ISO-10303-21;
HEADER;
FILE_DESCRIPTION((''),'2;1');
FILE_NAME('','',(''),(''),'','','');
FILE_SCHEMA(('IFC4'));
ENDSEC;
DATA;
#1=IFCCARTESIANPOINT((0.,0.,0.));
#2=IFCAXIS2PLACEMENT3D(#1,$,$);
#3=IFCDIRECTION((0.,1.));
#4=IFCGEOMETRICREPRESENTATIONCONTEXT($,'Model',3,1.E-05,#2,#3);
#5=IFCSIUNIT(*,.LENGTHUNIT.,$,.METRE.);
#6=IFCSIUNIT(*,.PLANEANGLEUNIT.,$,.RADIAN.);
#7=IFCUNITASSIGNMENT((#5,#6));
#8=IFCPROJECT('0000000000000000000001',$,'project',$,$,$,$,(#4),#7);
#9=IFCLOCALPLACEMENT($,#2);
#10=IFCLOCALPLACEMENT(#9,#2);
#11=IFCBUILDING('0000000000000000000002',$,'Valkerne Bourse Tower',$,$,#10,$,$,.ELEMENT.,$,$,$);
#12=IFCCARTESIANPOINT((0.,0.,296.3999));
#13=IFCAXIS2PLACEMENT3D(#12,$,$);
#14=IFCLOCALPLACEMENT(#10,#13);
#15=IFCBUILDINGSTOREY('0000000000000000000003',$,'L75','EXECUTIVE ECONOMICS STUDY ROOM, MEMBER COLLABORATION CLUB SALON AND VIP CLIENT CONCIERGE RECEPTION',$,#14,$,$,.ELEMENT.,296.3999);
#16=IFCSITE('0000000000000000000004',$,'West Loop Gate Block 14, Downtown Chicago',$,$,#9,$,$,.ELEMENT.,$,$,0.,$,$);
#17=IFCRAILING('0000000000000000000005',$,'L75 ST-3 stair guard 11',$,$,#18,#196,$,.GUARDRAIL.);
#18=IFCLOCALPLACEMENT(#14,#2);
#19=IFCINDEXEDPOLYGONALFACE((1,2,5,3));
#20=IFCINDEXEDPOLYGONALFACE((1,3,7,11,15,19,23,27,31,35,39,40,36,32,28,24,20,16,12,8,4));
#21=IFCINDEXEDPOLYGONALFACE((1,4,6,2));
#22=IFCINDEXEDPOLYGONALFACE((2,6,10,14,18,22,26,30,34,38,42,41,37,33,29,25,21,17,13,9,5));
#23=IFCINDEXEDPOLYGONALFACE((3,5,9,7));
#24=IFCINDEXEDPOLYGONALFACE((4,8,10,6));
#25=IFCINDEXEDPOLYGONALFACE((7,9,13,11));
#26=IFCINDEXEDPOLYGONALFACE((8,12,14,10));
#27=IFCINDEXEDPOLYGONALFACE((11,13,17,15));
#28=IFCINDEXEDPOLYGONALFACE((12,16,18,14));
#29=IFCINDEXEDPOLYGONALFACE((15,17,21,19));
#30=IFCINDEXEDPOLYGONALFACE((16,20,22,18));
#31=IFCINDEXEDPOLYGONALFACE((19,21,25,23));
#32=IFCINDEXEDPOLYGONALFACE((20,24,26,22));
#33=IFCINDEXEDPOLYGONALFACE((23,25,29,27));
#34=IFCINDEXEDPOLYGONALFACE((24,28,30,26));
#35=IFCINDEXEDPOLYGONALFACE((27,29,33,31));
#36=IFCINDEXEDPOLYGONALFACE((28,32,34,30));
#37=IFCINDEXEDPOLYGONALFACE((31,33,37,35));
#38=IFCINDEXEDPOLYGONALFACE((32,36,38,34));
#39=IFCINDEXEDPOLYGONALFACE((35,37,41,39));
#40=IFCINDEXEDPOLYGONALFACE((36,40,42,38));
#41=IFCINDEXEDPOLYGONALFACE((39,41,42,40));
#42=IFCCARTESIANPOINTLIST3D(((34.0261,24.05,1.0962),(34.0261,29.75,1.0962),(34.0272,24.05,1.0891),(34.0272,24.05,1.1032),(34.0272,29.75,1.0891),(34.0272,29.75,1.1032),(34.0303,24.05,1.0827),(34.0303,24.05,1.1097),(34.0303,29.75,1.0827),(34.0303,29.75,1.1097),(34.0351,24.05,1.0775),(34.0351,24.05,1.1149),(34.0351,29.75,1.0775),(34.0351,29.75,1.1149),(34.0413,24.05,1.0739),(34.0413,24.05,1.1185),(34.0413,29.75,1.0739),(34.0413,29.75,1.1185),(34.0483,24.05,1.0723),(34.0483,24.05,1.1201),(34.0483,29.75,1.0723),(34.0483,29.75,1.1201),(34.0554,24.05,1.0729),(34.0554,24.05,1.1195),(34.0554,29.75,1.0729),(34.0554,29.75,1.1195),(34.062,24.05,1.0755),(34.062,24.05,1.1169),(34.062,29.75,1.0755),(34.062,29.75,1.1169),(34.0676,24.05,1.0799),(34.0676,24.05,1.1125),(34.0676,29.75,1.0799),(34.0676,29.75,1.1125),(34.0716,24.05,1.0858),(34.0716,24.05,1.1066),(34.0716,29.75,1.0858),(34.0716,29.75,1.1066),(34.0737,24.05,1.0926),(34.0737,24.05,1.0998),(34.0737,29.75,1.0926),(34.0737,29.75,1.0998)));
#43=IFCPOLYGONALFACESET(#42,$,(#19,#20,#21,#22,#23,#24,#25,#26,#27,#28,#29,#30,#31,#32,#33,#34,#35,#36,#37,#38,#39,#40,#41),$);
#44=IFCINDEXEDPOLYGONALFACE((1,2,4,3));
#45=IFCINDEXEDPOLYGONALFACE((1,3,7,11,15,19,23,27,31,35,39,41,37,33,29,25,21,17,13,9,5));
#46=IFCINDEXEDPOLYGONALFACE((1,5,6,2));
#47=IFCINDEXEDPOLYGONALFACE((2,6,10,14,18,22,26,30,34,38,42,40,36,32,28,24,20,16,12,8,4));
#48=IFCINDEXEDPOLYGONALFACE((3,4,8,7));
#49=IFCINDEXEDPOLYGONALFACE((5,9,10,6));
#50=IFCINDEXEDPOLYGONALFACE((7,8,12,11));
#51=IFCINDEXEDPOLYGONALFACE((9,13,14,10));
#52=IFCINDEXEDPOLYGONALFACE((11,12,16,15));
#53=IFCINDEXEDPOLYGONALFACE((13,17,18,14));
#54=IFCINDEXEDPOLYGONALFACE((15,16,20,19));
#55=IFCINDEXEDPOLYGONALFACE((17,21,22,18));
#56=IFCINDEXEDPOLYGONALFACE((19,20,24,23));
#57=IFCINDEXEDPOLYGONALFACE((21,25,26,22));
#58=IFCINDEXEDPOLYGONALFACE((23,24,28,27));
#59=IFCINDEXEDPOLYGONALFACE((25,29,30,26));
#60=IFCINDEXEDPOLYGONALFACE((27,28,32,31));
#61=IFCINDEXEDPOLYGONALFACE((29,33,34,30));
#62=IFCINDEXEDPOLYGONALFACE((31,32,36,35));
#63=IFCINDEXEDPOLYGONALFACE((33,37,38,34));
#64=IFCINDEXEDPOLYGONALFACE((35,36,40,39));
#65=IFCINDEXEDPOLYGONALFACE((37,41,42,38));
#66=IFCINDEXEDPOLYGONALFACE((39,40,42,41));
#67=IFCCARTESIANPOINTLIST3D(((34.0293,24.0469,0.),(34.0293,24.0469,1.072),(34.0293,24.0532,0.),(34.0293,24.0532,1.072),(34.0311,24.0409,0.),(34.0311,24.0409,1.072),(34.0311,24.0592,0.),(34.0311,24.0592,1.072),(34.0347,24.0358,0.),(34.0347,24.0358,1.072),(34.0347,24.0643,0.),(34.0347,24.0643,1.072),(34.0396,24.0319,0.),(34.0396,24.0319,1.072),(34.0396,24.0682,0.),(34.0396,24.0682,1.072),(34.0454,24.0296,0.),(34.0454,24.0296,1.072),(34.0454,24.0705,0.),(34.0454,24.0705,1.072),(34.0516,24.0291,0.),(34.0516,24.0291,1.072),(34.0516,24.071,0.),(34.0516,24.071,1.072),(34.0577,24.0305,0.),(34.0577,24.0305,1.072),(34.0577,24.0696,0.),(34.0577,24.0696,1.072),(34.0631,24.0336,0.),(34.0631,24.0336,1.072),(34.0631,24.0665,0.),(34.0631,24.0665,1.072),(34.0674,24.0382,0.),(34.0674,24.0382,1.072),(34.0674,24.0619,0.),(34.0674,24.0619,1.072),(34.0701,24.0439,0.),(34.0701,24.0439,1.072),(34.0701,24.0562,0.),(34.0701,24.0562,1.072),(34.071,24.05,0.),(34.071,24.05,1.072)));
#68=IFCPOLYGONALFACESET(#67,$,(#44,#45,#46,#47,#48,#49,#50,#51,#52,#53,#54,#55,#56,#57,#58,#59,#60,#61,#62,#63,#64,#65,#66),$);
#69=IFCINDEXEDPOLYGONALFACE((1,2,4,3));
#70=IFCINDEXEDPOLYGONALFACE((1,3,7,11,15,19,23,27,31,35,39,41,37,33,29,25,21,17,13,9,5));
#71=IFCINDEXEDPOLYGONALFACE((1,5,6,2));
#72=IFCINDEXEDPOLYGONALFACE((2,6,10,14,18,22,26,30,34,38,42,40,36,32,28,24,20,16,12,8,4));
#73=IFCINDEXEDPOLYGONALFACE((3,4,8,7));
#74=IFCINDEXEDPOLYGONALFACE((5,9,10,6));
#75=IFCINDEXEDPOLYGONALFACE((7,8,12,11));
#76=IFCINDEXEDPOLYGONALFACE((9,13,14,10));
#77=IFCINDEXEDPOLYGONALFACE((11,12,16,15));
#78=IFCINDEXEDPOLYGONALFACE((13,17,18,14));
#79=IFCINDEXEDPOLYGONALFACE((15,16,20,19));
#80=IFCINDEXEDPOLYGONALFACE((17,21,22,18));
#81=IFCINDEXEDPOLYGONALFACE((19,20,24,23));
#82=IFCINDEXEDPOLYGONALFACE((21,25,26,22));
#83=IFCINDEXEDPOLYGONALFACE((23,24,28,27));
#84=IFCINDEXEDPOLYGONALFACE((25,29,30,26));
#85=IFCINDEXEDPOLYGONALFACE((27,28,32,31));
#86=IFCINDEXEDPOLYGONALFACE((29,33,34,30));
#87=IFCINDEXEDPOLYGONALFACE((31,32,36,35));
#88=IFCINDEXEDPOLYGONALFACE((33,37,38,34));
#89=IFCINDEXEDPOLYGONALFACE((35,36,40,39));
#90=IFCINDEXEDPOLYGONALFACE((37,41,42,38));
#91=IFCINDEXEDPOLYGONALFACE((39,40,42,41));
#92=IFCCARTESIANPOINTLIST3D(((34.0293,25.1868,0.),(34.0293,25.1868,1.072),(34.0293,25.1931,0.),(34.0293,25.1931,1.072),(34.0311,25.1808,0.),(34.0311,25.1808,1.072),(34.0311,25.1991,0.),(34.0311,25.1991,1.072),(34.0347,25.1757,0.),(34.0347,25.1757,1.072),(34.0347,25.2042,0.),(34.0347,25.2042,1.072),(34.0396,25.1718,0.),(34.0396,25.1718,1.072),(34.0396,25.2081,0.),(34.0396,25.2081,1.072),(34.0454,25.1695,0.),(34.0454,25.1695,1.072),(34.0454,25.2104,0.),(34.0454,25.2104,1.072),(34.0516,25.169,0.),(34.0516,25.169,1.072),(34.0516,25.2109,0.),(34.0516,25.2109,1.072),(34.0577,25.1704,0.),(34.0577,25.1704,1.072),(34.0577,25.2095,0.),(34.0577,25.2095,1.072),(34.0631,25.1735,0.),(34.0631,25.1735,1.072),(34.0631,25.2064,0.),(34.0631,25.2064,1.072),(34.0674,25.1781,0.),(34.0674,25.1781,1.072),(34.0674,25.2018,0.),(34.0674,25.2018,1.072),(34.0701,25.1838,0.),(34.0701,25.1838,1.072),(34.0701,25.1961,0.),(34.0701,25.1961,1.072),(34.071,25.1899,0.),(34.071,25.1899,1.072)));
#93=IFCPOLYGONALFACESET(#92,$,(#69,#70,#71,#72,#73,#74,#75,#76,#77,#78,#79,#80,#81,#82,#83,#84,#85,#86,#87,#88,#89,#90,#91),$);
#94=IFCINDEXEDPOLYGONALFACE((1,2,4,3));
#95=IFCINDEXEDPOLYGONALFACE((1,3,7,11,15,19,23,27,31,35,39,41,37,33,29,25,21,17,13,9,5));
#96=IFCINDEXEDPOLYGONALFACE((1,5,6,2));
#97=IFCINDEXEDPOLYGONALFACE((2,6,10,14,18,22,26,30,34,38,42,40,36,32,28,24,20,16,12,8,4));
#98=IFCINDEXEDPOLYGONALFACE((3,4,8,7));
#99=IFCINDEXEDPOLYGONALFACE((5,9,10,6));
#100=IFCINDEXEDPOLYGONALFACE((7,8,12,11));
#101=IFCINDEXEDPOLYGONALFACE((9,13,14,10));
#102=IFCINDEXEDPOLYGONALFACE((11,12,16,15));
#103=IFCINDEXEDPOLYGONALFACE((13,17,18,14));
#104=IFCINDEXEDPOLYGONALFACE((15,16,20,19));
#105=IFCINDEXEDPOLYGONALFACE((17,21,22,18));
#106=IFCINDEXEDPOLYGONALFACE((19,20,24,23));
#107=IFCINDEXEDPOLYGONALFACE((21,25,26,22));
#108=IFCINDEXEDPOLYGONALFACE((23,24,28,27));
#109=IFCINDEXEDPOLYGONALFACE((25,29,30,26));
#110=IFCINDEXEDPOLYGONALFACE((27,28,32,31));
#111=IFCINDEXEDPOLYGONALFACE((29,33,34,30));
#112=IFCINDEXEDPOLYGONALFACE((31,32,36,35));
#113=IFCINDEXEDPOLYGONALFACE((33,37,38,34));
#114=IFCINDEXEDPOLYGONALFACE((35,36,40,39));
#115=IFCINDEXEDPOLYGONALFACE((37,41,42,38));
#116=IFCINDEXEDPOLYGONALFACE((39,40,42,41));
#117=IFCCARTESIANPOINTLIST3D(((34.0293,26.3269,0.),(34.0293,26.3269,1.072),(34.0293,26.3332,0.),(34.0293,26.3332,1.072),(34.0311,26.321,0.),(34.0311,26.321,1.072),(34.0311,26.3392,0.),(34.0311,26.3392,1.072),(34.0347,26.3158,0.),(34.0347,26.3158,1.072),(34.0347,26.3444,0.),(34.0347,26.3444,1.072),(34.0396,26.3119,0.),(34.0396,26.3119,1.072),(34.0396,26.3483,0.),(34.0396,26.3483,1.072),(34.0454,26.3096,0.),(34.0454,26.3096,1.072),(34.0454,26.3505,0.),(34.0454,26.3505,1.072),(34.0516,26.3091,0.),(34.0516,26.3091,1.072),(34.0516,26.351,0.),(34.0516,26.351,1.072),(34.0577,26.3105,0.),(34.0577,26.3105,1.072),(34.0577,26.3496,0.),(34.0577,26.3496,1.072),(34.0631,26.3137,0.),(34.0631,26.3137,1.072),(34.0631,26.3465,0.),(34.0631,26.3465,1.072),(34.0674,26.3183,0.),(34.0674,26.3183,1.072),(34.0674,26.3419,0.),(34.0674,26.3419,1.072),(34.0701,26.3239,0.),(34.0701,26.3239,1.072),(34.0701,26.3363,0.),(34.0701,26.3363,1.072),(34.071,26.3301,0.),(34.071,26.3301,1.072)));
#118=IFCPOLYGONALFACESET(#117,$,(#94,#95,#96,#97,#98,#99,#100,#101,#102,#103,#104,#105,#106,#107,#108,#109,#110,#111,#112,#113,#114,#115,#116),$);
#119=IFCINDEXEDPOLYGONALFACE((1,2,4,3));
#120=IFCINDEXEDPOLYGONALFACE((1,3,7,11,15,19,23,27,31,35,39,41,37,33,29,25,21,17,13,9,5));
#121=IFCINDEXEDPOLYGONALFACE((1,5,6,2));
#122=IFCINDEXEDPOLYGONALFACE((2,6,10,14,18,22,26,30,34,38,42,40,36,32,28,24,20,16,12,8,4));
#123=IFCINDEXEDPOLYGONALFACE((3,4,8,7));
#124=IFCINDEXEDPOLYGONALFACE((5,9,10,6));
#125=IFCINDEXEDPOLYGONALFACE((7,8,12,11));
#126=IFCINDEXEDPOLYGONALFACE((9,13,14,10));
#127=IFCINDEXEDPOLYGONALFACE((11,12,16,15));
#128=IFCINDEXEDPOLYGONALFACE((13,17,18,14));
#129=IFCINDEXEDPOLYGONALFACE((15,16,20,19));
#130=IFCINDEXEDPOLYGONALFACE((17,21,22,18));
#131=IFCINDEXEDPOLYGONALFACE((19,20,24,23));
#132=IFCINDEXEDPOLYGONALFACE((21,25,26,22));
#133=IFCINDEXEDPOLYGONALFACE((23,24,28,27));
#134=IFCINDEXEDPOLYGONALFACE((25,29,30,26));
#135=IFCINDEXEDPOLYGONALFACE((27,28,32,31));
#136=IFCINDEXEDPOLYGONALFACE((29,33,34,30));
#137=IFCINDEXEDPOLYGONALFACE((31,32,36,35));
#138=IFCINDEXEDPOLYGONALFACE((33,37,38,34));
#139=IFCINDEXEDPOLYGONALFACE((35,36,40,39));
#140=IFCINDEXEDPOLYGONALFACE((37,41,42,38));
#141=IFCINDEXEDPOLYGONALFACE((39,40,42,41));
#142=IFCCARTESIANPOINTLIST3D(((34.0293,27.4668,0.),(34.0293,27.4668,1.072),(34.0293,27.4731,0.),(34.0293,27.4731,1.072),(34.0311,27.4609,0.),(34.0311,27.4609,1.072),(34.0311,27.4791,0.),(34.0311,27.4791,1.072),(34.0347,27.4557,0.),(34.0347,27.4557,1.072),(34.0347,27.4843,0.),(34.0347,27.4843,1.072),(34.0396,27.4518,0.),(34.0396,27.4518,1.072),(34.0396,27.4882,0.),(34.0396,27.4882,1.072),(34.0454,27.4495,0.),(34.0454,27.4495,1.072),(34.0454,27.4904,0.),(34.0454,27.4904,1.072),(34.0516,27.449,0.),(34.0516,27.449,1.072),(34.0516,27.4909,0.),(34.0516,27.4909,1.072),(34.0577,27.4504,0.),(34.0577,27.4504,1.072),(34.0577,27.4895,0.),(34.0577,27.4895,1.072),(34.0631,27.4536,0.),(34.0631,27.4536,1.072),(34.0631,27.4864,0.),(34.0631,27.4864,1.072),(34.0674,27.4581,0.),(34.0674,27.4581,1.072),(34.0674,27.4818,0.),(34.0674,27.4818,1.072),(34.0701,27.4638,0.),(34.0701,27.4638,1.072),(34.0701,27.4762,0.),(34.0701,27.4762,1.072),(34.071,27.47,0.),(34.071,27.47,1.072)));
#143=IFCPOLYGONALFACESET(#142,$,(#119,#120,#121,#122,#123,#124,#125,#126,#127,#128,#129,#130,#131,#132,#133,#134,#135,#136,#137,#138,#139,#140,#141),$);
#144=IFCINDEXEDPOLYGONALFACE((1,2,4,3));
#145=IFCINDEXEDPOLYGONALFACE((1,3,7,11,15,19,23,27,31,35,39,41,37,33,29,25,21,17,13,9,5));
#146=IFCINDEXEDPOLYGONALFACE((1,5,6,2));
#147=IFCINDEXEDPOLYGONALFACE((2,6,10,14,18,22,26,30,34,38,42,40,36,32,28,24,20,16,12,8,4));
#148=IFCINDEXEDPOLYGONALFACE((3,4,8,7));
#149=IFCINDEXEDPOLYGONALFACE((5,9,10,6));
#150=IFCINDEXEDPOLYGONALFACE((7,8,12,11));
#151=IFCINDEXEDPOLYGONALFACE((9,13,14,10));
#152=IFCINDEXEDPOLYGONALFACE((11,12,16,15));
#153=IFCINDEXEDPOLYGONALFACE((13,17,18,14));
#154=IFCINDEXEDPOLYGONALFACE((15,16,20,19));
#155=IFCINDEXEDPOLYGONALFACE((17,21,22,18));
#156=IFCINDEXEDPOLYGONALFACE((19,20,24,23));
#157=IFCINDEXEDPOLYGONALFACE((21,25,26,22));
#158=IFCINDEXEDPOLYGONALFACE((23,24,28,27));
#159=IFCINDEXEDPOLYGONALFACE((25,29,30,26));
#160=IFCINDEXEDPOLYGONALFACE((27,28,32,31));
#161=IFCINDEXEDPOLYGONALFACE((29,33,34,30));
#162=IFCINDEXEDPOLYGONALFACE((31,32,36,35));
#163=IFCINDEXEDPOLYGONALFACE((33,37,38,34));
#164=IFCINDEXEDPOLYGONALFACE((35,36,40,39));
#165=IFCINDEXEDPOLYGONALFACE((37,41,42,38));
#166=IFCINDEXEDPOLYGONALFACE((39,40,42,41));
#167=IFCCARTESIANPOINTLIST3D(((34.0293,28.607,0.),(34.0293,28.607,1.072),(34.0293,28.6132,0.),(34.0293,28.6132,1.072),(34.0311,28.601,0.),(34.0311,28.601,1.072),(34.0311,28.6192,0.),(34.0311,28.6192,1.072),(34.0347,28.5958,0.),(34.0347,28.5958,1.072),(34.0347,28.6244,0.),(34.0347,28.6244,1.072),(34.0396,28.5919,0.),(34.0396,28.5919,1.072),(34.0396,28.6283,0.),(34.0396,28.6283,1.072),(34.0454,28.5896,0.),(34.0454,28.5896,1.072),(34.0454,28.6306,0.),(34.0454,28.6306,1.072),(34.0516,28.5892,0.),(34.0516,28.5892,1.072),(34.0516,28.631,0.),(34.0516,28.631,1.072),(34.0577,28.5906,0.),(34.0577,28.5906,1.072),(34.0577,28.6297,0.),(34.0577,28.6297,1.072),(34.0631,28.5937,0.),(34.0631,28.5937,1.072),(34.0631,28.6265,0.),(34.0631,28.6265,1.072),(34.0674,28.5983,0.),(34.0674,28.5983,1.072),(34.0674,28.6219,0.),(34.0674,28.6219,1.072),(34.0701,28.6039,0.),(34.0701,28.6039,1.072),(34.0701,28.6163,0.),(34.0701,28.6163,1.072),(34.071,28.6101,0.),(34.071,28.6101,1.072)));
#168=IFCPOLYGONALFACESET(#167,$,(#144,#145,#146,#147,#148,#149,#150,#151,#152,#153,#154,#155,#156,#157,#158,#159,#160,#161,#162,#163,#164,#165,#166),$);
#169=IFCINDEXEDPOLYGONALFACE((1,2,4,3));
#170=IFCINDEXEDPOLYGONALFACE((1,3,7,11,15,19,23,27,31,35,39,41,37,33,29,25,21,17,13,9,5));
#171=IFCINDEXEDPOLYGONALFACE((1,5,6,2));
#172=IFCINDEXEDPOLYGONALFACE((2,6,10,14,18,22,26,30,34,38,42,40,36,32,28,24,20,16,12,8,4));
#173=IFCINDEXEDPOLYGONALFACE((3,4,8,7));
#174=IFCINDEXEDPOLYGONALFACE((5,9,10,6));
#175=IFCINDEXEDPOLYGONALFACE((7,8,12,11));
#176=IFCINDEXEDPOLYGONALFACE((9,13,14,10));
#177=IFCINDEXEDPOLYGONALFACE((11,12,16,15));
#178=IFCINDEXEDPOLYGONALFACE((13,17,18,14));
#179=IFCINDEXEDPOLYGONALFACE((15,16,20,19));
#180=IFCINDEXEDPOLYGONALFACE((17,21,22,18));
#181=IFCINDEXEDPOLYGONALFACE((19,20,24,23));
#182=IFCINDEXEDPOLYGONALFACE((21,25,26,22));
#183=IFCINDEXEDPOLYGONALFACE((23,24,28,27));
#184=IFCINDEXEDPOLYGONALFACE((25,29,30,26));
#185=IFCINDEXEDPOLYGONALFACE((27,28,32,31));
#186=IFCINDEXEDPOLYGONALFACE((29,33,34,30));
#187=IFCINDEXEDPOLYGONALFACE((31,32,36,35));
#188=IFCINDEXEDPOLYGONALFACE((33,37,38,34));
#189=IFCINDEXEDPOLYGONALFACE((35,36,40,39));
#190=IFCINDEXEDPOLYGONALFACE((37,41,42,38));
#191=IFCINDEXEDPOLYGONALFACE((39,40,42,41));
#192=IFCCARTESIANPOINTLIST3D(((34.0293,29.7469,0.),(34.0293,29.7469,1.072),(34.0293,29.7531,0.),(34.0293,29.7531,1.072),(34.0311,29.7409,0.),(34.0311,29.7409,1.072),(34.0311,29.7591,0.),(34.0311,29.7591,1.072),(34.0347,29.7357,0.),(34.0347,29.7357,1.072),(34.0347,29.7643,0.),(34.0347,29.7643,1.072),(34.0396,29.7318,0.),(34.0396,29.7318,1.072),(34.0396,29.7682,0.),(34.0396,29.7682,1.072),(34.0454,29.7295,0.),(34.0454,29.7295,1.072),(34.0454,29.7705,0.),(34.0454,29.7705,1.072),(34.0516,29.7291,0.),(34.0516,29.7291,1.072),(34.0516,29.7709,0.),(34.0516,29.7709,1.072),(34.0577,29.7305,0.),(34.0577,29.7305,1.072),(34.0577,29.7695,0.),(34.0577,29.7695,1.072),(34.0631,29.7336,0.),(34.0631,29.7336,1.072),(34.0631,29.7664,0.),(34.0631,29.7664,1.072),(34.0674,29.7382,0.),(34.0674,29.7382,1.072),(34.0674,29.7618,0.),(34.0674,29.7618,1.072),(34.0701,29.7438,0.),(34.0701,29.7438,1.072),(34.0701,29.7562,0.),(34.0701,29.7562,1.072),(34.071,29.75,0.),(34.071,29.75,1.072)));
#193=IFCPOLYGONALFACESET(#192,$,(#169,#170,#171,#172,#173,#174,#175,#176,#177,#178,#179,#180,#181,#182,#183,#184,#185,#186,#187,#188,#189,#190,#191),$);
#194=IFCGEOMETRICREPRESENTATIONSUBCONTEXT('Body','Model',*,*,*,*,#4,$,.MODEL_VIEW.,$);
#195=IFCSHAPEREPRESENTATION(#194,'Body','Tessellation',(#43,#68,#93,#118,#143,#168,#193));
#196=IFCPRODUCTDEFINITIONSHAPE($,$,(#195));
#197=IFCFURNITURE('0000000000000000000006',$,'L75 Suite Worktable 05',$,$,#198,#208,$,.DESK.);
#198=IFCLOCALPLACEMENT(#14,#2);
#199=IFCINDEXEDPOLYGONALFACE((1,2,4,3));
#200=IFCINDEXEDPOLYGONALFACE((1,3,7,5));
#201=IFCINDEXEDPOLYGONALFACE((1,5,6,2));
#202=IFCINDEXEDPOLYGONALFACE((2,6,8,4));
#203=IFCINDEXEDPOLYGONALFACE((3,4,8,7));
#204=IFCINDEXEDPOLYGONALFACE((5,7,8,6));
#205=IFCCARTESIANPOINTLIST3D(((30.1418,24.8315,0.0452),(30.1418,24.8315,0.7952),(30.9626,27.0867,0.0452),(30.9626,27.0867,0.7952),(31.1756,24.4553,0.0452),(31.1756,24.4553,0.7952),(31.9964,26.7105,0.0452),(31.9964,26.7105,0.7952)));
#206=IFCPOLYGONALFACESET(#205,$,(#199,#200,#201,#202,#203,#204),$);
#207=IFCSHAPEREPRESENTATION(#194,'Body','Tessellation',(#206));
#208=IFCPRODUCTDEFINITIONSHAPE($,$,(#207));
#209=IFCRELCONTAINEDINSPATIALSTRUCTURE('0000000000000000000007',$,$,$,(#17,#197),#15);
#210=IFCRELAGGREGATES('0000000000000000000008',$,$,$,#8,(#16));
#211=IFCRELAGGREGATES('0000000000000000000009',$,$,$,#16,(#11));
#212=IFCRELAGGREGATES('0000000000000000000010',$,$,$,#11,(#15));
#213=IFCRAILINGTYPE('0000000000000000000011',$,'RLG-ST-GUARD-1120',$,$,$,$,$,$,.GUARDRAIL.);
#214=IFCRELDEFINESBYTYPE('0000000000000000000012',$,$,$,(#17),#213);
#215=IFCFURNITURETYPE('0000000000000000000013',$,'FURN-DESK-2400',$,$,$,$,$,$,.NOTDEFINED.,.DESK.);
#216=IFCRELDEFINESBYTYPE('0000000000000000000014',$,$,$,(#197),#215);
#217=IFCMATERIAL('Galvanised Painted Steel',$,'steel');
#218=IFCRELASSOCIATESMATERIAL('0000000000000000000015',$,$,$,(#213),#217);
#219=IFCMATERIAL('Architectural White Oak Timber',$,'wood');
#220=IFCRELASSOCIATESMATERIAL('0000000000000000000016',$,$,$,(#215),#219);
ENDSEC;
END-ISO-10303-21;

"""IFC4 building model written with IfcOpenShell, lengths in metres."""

from ifc_helpers import new_model, si_unit, direction, frame, origin, origin_2d, place, context, subcontext, project, spatial, rectangle, circle, extrude, material, type_object, element, save


model = new_model("IFC4")

# Units and contexts
model_context = context("Model", 3, precision=1e-05, world=origin(), true_north=direction((0.0, 1.0)))
body_context = subcontext(model_context, "Body", "Model", "MODEL_VIEW")
ifc_project = project(units=[si_unit("LENGTHUNIT", "METRE"), si_unit("PLANEANGLEUNIT", "RADIAN")], contexts=[model_context])

# Site, building, storey
site_placement = place(None, origin())
site = spatial("IfcSite", under=ifc_project, at=site_placement, Name="West Loop Gate Block 14, Downtown Chicago", CompositionType="ELEMENT", RefElevation=0.0)
building_placement = place(site_placement, origin())
building = spatial("IfcBuilding", under=site, at=building_placement, Name="Valkerne Bourse Tower", CompositionType="ELEMENT")
storey_placement = place(building_placement, frame((0.0, 0.0, 296.3999)))
storey = spatial("IfcBuildingStorey", under=building, at=storey_placement, Name="L75", Description="EXECUTIVE ECONOMICS STUDY ROOM, MEMBER COLLABORATION CLUB SALON AND VIP CLIENT CONCIERGE RECEPTION", CompositionType="ELEMENT", Elevation=296.3999)

# Shared definitions
ifc_material_1 = material(Name="Galvanised Painted Steel", Category="steel")

# Railing
railing_type = type_object("IfcRailingType", Name="RLG-ST-GUARD-1120", PredefinedType="GUARDRAIL", material=ifc_material_1)
railing_1_placement = place(storey_placement, frame((34.05, 24.05, 0.0)))
element("IfcRailing", 1, at=railing_1_placement, inside=storey, type_object=railing_type, Name="L75 ST-3 stair guard 11", PredefinedType="GUARDRAIL", context=body_context, shape_type="SweptSolid", body=[
    extrude(circle(Radius=0.0239, at=origin_2d()), frame((0.0, 0.0, 1.0962), z_axis=(0.0, 1.0, 0.0), x_axis=(-1.0, 0.0, 0.0)), (0.0, 0.0, 1.0), 5.7),
    extrude(circle(Radius=0.021, at=origin_2d()), origin(), (0.0, 0.0, 1.0), 1.072),
    extrude(circle(Radius=0.021, at=origin_2d()), frame((0.0, 1.1399, 0.0)), (0.0, 0.0, 1.0), 1.072),
    extrude(circle(Radius=0.021, at=origin_2d()), frame((0.0, 2.28, 0.0)), (0.0, 0.0, 1.0), 1.072),
    extrude(circle(Radius=0.021, at=origin_2d()), frame((0.0, 3.4199, 0.0)), (0.0, 0.0, 1.0), 1.072),
    extrude(circle(Radius=0.021, at=origin_2d()), frame((0.0, 4.5601, 0.0)), (0.0, 0.0, 1.0), 1.072),
    extrude(circle(Radius=0.021, at=origin_2d()), frame((0.0, 5.7, 0.0)), (0.0, 0.0, 1.0), 1.072),
])

# Furniture
ifc_material_2 = material(Name="Architectural White Oak Timber", Category="wood")
furniture_type = type_object("IfcFurnitureType", Name="FURN-DESK-2400", AssemblyPlace="NOTDEFINED", PredefinedType="DESK", material=ifc_material_2)
furniture_placement = place(storey_placement, frame((31.0691, 25.771, 0.0452), z_axis=(0.0, 0.0, 1.0), x_axis=(0.34202, 0.939693, 0.0)))
element("IfcFurniture", 2, at=furniture_placement, inside=storey, type_object=furniture_type, Name="L75 Suite Worktable 05", PredefinedType="DESK", context=body_context, shape_type="SweptSolid", body=[
    extrude(rectangle(XDim=2.3999, YDim=1.1001, at=origin_2d()), origin(), (0.0, 0.0, 1.0), 0.75),
])

save(model, "model.ifc")
